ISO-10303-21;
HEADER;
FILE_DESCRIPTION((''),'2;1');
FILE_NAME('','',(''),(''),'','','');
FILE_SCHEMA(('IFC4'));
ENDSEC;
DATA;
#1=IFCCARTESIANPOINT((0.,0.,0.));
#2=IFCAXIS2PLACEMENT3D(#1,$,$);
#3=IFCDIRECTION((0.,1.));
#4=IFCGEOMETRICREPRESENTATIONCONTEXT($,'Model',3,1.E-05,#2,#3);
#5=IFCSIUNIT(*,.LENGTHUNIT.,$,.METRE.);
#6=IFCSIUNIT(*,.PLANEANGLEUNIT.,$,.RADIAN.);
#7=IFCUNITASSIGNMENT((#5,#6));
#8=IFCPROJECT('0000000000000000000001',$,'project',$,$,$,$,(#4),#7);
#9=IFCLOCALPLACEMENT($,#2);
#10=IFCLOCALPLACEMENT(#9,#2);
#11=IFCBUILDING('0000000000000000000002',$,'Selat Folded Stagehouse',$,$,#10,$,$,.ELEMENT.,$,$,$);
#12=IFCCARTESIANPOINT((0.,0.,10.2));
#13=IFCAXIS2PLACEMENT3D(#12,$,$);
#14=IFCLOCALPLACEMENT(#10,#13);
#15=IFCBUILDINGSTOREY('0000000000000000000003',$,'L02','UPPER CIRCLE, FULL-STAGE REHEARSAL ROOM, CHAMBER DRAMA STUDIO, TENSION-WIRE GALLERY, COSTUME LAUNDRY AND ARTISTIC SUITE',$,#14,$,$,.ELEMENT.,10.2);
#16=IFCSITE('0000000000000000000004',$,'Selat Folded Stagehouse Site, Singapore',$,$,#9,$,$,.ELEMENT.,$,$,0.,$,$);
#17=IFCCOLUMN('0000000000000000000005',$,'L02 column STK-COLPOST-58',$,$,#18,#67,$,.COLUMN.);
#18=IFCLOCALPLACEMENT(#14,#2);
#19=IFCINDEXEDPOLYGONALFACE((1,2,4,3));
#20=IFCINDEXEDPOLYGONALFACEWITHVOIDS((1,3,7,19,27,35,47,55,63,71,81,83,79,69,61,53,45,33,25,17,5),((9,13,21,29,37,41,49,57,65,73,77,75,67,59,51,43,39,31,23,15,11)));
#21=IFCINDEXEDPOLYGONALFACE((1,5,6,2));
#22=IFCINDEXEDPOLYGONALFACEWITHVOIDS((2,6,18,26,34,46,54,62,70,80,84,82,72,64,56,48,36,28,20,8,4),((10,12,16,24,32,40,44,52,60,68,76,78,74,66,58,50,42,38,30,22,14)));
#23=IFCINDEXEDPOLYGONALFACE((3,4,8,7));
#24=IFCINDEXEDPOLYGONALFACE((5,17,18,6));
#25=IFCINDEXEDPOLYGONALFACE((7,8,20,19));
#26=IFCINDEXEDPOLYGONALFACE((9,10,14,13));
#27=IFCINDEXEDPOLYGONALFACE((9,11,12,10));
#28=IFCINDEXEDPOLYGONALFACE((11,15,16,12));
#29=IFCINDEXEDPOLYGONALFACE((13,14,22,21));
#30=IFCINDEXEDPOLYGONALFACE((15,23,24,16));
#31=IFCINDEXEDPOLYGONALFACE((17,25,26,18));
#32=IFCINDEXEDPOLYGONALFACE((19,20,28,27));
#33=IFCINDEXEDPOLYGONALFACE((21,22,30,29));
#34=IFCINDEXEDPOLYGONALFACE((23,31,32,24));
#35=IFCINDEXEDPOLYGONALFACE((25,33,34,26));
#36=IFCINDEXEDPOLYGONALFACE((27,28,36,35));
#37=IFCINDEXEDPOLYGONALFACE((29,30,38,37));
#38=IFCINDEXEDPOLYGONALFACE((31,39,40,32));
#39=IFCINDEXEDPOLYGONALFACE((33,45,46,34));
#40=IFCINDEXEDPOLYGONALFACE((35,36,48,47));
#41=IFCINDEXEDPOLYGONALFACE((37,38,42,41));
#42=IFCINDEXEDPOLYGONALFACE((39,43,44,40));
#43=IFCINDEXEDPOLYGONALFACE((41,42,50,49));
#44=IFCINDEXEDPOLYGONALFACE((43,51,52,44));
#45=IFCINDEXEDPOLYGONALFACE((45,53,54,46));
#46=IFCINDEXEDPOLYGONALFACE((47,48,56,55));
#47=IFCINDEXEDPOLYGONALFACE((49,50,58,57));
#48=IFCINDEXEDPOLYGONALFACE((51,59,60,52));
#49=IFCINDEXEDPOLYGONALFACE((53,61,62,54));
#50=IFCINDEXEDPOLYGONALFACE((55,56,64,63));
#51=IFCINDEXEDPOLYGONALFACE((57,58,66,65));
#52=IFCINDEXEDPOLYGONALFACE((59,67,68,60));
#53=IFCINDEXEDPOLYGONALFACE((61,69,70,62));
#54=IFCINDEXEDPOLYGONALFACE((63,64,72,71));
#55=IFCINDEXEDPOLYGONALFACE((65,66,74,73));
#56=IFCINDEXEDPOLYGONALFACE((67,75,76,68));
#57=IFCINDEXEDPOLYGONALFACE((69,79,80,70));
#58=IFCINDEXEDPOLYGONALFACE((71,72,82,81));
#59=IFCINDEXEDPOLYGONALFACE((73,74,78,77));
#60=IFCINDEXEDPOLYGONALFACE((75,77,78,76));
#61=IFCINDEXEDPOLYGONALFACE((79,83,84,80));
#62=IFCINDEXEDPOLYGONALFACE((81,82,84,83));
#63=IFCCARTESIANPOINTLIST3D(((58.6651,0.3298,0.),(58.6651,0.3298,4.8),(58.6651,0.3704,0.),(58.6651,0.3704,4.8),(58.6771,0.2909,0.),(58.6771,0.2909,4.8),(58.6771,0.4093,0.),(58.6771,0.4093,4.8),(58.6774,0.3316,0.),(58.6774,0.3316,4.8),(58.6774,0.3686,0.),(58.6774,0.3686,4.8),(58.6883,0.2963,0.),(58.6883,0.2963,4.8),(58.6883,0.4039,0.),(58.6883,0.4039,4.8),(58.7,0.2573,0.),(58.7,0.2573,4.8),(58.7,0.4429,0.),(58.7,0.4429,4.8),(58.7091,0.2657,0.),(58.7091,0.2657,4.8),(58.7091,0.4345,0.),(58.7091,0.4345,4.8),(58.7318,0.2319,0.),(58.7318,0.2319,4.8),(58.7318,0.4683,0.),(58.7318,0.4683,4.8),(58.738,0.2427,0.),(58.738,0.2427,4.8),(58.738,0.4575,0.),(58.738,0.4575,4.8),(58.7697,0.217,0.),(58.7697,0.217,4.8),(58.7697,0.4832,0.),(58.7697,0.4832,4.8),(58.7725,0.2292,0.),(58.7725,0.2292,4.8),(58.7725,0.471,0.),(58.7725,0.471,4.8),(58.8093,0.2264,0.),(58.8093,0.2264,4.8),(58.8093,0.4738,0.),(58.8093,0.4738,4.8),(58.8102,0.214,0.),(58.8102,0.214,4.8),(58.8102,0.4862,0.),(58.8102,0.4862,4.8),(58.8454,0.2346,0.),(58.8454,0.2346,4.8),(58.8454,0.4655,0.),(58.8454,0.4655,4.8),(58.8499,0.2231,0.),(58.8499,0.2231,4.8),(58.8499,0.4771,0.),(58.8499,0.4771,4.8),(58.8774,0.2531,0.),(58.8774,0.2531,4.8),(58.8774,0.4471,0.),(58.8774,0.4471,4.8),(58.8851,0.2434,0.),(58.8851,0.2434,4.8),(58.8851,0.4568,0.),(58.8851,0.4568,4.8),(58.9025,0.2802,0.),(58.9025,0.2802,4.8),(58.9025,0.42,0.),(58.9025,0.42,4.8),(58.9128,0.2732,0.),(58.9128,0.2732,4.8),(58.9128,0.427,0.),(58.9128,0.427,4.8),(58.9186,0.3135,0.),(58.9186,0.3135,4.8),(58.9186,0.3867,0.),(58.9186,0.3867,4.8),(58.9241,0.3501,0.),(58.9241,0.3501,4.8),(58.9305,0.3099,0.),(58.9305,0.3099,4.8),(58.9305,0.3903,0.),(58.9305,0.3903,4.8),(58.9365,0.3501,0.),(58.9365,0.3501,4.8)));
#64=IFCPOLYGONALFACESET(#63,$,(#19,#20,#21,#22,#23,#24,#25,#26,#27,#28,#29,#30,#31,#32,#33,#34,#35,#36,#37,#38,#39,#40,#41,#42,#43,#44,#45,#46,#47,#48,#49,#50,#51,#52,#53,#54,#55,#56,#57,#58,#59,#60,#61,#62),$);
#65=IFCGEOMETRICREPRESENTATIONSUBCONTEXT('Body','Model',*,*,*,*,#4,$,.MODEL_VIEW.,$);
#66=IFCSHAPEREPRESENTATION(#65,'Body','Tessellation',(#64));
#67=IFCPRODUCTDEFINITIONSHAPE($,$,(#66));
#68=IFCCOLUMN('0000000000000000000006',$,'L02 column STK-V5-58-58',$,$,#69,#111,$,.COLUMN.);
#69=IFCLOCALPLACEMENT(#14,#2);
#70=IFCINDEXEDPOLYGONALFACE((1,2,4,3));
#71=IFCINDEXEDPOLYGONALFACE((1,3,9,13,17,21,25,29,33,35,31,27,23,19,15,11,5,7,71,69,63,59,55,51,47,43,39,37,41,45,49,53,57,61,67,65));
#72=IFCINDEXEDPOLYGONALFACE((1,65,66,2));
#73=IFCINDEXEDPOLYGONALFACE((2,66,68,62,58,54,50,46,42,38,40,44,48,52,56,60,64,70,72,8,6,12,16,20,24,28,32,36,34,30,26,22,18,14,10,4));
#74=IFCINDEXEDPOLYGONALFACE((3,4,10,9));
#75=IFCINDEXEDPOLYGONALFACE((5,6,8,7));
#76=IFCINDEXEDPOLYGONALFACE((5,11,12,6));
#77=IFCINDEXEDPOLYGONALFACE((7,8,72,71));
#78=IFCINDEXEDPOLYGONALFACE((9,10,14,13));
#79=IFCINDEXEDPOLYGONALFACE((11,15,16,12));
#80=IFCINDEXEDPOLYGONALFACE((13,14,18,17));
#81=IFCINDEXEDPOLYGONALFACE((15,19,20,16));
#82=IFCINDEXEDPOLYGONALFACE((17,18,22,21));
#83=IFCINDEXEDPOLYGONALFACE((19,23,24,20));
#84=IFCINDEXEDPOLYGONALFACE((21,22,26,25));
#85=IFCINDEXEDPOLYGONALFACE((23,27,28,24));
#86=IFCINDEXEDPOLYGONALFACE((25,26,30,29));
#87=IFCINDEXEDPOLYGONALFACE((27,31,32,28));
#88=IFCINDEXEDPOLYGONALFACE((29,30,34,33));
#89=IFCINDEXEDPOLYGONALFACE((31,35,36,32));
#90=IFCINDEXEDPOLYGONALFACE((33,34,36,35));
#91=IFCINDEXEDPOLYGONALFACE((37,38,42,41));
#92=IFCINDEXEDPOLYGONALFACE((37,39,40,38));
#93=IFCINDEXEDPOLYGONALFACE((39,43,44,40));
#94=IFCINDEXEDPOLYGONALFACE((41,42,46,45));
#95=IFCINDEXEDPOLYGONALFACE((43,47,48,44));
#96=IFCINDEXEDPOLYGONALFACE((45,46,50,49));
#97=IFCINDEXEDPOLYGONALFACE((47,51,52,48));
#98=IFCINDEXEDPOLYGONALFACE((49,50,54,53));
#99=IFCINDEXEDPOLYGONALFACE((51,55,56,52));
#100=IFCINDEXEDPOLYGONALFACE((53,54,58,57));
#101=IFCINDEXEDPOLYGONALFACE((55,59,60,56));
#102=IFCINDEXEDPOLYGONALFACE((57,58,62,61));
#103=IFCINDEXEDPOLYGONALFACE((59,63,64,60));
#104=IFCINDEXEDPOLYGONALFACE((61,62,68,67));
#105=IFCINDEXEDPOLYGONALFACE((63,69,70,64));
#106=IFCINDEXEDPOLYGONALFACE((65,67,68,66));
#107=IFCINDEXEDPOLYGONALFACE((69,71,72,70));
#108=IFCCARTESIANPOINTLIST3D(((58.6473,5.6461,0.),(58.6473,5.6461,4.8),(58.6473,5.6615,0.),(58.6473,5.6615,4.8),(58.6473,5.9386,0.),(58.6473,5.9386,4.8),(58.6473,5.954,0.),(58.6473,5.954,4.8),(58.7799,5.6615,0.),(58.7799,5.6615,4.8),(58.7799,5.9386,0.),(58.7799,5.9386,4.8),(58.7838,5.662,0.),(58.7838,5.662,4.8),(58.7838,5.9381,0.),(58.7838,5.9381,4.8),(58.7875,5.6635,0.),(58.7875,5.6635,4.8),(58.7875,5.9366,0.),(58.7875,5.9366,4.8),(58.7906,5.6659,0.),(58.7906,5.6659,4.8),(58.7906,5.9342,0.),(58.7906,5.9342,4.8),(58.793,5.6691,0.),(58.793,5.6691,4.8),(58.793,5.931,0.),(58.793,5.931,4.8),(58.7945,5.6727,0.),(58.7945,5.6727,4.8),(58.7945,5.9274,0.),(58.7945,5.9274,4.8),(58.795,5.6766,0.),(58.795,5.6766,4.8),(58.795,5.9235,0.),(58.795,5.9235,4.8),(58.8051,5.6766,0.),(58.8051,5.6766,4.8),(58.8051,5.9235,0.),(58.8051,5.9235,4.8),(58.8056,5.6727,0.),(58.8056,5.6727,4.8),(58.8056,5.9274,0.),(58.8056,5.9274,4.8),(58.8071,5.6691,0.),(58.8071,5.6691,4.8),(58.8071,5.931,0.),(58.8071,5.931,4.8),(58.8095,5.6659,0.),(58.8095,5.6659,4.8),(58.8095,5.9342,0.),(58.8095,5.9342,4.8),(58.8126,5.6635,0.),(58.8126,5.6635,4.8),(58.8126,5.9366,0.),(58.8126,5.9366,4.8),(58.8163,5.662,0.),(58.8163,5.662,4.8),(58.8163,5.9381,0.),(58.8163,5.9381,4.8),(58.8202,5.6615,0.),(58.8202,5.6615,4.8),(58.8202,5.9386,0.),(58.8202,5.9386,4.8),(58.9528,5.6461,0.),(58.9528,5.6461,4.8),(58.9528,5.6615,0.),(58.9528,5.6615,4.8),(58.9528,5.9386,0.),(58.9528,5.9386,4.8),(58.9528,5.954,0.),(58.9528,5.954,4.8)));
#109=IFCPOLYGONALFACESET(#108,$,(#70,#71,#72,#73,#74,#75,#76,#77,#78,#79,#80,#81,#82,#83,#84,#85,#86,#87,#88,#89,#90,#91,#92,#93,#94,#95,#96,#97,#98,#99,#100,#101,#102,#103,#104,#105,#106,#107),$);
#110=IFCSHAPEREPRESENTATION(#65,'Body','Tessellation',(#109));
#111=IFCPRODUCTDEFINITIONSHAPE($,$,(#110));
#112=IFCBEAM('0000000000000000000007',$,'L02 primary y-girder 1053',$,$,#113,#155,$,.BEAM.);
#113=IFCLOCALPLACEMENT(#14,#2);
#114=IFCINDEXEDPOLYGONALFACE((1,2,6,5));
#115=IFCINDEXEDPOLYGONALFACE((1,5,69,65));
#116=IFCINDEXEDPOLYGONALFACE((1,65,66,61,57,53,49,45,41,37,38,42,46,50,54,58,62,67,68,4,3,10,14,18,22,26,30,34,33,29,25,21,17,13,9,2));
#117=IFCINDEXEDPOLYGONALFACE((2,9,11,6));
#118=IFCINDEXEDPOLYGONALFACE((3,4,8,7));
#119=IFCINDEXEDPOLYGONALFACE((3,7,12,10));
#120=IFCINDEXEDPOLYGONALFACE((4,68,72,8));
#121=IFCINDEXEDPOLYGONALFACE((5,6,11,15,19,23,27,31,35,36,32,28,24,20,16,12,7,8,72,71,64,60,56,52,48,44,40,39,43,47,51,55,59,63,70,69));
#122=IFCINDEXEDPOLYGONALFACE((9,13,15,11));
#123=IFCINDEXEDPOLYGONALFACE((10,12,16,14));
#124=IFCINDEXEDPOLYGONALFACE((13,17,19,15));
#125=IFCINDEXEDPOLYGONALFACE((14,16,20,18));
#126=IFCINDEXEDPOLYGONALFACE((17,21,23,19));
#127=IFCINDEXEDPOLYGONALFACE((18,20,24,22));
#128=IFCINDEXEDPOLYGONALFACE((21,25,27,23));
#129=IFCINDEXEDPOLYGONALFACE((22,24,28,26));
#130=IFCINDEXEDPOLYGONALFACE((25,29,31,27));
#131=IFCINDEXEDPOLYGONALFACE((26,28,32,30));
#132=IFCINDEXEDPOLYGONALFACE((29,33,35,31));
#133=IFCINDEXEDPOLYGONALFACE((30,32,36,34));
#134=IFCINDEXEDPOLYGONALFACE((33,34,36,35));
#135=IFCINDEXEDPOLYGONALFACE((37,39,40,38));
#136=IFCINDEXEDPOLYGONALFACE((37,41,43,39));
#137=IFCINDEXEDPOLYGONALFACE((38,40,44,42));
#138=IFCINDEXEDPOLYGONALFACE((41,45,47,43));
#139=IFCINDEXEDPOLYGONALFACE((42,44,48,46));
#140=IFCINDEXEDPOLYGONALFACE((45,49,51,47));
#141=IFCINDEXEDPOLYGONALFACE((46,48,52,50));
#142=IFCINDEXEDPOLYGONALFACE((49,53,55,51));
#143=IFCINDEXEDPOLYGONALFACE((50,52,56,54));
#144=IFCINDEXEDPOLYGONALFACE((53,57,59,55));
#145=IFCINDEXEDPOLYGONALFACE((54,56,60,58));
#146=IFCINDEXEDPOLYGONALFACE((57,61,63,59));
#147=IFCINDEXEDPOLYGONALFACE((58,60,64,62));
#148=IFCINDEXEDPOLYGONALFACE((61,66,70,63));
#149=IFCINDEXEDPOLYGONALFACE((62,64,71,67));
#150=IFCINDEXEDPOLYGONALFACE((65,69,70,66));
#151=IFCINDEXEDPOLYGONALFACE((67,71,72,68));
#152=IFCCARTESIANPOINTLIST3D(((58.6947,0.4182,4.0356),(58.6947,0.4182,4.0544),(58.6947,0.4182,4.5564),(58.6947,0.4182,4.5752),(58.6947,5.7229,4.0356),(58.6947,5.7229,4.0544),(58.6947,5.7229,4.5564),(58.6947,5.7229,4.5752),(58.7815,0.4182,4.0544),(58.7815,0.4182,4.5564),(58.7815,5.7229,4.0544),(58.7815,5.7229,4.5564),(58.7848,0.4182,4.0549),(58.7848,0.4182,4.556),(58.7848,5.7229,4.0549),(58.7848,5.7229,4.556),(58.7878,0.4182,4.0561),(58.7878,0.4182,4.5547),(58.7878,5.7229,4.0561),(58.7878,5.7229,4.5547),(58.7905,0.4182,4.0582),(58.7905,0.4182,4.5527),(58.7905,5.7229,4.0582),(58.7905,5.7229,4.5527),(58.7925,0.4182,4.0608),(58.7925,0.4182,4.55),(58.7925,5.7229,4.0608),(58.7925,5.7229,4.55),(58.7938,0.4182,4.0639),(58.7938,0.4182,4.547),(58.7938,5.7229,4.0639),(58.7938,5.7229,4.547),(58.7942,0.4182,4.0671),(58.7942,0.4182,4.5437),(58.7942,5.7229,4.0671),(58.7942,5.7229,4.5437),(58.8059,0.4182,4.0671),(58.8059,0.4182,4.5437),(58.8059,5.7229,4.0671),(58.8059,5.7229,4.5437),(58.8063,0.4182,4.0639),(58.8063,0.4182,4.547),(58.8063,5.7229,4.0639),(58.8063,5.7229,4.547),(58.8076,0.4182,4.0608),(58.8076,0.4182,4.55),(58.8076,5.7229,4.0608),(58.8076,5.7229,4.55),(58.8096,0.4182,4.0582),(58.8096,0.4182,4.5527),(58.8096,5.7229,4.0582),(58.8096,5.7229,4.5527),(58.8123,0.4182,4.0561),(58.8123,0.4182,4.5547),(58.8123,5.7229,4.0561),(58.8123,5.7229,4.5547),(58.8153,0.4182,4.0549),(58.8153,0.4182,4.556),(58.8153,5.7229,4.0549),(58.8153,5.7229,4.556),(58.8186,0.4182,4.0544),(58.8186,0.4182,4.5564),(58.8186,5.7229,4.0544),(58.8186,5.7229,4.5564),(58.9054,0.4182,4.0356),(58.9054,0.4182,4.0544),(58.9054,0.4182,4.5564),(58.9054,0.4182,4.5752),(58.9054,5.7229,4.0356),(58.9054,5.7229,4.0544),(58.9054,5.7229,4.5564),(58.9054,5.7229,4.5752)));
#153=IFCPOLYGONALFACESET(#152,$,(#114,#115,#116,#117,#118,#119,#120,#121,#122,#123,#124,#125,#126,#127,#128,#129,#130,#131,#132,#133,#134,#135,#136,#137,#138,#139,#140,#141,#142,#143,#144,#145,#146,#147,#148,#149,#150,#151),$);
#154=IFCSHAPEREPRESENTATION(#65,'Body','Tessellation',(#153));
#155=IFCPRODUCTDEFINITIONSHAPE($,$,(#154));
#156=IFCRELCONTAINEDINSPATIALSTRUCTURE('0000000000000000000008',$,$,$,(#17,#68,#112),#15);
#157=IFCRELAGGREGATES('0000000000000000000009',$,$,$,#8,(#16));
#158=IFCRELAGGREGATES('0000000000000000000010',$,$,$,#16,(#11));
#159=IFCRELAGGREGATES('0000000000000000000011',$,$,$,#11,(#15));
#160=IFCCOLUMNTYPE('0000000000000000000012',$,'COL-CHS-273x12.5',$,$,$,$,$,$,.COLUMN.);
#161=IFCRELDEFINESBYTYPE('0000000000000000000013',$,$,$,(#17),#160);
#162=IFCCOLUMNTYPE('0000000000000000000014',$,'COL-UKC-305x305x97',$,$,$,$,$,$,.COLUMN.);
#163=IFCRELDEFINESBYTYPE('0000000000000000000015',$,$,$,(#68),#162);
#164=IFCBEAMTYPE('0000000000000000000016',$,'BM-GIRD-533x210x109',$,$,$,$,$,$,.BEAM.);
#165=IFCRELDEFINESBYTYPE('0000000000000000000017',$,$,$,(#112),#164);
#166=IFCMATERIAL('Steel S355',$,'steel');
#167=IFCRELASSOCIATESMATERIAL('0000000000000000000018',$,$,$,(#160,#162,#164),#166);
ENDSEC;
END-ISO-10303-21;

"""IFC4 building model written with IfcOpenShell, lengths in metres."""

from ifc_helpers import new_model, si_unit, direction, frame, origin, origin_2d, place, context, subcontext, project, spatial, hollow_circle, i_section, extrude, material, material_profile, profile_set, type_object, element, save


model = new_model("IFC4")

# Units and contexts
model_context = context("Model", 3, precision=1e-05, world=origin(), true_north=direction((0.0, 1.0)))
body_context = subcontext(model_context, "Body", "Model", "MODEL_VIEW")
ifc_project = project(units=[si_unit("LENGTHUNIT", "METRE"), si_unit("PLANEANGLEUNIT", "RADIAN")], contexts=[model_context])

# Site, building, storey
site_placement = place(None, origin())
site = spatial("IfcSite", under=ifc_project, at=site_placement, Name="Selat Folded Stagehouse Site, Singapore", CompositionType="ELEMENT", RefElevation=0.0)
building_placement = place(site_placement, origin())
building = spatial("IfcBuilding", under=site, at=building_placement, Name="Selat Folded Stagehouse", CompositionType="ELEMENT")
storey_placement = place(building_placement, frame((0.0, 0.0, 10.2)))
storey = spatial("IfcBuildingStorey", under=building, at=storey_placement, Name="L02", Description="UPPER CIRCLE, FULL-STAGE REHEARSAL ROOM, CHAMBER DRAMA STUDIO, TENSION-WIRE GALLERY, COSTUME LAUNDRY AND ARTISTIC SUITE", CompositionType="ELEMENT", Elevation=10.2)

# Columns
ifc_material_1 = material(Name="Steel S355", Category="steel")
ifc_material_profile_1 = material_profile(ifc_material_1, hollow_circle(Radius=0.1365, WallThickness=0.0125, at=origin_2d()), Name="CHS 273.0x12.5")
ifc_profile_set_1 = profile_set([ifc_material_profile_1], Name="Steel S355")
column_type_1 = type_object("IfcColumnType", Name="COL-CHS-273x12.5", PredefinedType="COLUMN", material=ifc_profile_set_1)
column_1_placement = place(storey_placement, frame((58.8, 0.3501, 0.0), z_axis=(0.0, 0.0, 1.0), x_axis=(1.0, 0.0, 0.0)))
element("IfcColumn", 1, at=column_1_placement, inside=storey, type_object=column_type_1, Name="L02 column STK-COLPOST-58", PredefinedType="COLUMN", context=body_context, shape_type="SweptSolid", body=[
    extrude(hollow_circle(Radius=0.1365, WallThickness=0.0125, at=origin_2d()), origin(), (0.0, 0.0, 1.0), 4.8),
])
ifc_material_profile_2 = material_profile(ifc_material_1, i_section(OverallWidth=0.3054, OverallDepth=0.3079, WebThickness=0.01, FlangeThickness=0.0154, FilletRadius=0.0151, at=origin_2d()), Name="UKC 305x305x97")
ifc_profile_set_2 = profile_set([ifc_material_profile_2], Name="Steel S355")
column_type_2 = type_object("IfcColumnType", Name="COL-UKC-305x305x97", PredefinedType="COLUMN", material=ifc_profile_set_2)
column_2_placement = place(storey_placement, frame((58.8, 5.8, 0.0), z_axis=(0.0, 0.0, 1.0), x_axis=(1.0, 0.0, 0.0)))
element("IfcColumn", 2, at=column_2_placement, inside=storey, type_object=column_type_2, Name="L02 column STK-V5-58-58", PredefinedType="COLUMN", context=body_context, shape_type="SweptSolid", body=[
    extrude(i_section(OverallWidth=0.3054, OverallDepth=0.3079, WebThickness=0.01, FlangeThickness=0.0154, FilletRadius=0.0151, at=origin_2d()), origin(), (0.0, 0.0, 1.0), 4.8),
])

# Beam
ifc_material_profile_3 = material_profile(ifc_material_1, i_section(OverallWidth=0.2107, OverallDepth=0.5396, WebThickness=0.0117, FlangeThickness=0.0188, FilletRadius=0.0127, at=origin_2d()), Name="UKB 533x210x109")
ifc_profile_set_3 = profile_set([ifc_material_profile_3], Name="Steel S355")
beam_type_1 = type_object("IfcBeamType", Name="BM-GIRD-533x210x109", PredefinedType="BEAM", material=ifc_profile_set_3)
beam_1_placement = place(storey_placement, frame((58.8, 0.4182, 4.3054), z_axis=(0.0, 1.0, 0.0), x_axis=(-1.0, 0.0, 0.0)))
element("IfcBeam", 3, at=beam_1_placement, inside=storey, type_object=beam_type_1, Name="L02 primary y-girder 1053", PredefinedType="BEAM", context=body_context, shape_type="SweptSolid", body=[
    extrude(i_section(OverallWidth=0.2107, OverallDepth=0.5396, WebThickness=0.0117, FlangeThickness=0.0188, FilletRadius=0.0127, at=origin_2d()), origin(), (0.0, 0.0, 1.0), 5.3047),
])

save(model, "model.ifc")
